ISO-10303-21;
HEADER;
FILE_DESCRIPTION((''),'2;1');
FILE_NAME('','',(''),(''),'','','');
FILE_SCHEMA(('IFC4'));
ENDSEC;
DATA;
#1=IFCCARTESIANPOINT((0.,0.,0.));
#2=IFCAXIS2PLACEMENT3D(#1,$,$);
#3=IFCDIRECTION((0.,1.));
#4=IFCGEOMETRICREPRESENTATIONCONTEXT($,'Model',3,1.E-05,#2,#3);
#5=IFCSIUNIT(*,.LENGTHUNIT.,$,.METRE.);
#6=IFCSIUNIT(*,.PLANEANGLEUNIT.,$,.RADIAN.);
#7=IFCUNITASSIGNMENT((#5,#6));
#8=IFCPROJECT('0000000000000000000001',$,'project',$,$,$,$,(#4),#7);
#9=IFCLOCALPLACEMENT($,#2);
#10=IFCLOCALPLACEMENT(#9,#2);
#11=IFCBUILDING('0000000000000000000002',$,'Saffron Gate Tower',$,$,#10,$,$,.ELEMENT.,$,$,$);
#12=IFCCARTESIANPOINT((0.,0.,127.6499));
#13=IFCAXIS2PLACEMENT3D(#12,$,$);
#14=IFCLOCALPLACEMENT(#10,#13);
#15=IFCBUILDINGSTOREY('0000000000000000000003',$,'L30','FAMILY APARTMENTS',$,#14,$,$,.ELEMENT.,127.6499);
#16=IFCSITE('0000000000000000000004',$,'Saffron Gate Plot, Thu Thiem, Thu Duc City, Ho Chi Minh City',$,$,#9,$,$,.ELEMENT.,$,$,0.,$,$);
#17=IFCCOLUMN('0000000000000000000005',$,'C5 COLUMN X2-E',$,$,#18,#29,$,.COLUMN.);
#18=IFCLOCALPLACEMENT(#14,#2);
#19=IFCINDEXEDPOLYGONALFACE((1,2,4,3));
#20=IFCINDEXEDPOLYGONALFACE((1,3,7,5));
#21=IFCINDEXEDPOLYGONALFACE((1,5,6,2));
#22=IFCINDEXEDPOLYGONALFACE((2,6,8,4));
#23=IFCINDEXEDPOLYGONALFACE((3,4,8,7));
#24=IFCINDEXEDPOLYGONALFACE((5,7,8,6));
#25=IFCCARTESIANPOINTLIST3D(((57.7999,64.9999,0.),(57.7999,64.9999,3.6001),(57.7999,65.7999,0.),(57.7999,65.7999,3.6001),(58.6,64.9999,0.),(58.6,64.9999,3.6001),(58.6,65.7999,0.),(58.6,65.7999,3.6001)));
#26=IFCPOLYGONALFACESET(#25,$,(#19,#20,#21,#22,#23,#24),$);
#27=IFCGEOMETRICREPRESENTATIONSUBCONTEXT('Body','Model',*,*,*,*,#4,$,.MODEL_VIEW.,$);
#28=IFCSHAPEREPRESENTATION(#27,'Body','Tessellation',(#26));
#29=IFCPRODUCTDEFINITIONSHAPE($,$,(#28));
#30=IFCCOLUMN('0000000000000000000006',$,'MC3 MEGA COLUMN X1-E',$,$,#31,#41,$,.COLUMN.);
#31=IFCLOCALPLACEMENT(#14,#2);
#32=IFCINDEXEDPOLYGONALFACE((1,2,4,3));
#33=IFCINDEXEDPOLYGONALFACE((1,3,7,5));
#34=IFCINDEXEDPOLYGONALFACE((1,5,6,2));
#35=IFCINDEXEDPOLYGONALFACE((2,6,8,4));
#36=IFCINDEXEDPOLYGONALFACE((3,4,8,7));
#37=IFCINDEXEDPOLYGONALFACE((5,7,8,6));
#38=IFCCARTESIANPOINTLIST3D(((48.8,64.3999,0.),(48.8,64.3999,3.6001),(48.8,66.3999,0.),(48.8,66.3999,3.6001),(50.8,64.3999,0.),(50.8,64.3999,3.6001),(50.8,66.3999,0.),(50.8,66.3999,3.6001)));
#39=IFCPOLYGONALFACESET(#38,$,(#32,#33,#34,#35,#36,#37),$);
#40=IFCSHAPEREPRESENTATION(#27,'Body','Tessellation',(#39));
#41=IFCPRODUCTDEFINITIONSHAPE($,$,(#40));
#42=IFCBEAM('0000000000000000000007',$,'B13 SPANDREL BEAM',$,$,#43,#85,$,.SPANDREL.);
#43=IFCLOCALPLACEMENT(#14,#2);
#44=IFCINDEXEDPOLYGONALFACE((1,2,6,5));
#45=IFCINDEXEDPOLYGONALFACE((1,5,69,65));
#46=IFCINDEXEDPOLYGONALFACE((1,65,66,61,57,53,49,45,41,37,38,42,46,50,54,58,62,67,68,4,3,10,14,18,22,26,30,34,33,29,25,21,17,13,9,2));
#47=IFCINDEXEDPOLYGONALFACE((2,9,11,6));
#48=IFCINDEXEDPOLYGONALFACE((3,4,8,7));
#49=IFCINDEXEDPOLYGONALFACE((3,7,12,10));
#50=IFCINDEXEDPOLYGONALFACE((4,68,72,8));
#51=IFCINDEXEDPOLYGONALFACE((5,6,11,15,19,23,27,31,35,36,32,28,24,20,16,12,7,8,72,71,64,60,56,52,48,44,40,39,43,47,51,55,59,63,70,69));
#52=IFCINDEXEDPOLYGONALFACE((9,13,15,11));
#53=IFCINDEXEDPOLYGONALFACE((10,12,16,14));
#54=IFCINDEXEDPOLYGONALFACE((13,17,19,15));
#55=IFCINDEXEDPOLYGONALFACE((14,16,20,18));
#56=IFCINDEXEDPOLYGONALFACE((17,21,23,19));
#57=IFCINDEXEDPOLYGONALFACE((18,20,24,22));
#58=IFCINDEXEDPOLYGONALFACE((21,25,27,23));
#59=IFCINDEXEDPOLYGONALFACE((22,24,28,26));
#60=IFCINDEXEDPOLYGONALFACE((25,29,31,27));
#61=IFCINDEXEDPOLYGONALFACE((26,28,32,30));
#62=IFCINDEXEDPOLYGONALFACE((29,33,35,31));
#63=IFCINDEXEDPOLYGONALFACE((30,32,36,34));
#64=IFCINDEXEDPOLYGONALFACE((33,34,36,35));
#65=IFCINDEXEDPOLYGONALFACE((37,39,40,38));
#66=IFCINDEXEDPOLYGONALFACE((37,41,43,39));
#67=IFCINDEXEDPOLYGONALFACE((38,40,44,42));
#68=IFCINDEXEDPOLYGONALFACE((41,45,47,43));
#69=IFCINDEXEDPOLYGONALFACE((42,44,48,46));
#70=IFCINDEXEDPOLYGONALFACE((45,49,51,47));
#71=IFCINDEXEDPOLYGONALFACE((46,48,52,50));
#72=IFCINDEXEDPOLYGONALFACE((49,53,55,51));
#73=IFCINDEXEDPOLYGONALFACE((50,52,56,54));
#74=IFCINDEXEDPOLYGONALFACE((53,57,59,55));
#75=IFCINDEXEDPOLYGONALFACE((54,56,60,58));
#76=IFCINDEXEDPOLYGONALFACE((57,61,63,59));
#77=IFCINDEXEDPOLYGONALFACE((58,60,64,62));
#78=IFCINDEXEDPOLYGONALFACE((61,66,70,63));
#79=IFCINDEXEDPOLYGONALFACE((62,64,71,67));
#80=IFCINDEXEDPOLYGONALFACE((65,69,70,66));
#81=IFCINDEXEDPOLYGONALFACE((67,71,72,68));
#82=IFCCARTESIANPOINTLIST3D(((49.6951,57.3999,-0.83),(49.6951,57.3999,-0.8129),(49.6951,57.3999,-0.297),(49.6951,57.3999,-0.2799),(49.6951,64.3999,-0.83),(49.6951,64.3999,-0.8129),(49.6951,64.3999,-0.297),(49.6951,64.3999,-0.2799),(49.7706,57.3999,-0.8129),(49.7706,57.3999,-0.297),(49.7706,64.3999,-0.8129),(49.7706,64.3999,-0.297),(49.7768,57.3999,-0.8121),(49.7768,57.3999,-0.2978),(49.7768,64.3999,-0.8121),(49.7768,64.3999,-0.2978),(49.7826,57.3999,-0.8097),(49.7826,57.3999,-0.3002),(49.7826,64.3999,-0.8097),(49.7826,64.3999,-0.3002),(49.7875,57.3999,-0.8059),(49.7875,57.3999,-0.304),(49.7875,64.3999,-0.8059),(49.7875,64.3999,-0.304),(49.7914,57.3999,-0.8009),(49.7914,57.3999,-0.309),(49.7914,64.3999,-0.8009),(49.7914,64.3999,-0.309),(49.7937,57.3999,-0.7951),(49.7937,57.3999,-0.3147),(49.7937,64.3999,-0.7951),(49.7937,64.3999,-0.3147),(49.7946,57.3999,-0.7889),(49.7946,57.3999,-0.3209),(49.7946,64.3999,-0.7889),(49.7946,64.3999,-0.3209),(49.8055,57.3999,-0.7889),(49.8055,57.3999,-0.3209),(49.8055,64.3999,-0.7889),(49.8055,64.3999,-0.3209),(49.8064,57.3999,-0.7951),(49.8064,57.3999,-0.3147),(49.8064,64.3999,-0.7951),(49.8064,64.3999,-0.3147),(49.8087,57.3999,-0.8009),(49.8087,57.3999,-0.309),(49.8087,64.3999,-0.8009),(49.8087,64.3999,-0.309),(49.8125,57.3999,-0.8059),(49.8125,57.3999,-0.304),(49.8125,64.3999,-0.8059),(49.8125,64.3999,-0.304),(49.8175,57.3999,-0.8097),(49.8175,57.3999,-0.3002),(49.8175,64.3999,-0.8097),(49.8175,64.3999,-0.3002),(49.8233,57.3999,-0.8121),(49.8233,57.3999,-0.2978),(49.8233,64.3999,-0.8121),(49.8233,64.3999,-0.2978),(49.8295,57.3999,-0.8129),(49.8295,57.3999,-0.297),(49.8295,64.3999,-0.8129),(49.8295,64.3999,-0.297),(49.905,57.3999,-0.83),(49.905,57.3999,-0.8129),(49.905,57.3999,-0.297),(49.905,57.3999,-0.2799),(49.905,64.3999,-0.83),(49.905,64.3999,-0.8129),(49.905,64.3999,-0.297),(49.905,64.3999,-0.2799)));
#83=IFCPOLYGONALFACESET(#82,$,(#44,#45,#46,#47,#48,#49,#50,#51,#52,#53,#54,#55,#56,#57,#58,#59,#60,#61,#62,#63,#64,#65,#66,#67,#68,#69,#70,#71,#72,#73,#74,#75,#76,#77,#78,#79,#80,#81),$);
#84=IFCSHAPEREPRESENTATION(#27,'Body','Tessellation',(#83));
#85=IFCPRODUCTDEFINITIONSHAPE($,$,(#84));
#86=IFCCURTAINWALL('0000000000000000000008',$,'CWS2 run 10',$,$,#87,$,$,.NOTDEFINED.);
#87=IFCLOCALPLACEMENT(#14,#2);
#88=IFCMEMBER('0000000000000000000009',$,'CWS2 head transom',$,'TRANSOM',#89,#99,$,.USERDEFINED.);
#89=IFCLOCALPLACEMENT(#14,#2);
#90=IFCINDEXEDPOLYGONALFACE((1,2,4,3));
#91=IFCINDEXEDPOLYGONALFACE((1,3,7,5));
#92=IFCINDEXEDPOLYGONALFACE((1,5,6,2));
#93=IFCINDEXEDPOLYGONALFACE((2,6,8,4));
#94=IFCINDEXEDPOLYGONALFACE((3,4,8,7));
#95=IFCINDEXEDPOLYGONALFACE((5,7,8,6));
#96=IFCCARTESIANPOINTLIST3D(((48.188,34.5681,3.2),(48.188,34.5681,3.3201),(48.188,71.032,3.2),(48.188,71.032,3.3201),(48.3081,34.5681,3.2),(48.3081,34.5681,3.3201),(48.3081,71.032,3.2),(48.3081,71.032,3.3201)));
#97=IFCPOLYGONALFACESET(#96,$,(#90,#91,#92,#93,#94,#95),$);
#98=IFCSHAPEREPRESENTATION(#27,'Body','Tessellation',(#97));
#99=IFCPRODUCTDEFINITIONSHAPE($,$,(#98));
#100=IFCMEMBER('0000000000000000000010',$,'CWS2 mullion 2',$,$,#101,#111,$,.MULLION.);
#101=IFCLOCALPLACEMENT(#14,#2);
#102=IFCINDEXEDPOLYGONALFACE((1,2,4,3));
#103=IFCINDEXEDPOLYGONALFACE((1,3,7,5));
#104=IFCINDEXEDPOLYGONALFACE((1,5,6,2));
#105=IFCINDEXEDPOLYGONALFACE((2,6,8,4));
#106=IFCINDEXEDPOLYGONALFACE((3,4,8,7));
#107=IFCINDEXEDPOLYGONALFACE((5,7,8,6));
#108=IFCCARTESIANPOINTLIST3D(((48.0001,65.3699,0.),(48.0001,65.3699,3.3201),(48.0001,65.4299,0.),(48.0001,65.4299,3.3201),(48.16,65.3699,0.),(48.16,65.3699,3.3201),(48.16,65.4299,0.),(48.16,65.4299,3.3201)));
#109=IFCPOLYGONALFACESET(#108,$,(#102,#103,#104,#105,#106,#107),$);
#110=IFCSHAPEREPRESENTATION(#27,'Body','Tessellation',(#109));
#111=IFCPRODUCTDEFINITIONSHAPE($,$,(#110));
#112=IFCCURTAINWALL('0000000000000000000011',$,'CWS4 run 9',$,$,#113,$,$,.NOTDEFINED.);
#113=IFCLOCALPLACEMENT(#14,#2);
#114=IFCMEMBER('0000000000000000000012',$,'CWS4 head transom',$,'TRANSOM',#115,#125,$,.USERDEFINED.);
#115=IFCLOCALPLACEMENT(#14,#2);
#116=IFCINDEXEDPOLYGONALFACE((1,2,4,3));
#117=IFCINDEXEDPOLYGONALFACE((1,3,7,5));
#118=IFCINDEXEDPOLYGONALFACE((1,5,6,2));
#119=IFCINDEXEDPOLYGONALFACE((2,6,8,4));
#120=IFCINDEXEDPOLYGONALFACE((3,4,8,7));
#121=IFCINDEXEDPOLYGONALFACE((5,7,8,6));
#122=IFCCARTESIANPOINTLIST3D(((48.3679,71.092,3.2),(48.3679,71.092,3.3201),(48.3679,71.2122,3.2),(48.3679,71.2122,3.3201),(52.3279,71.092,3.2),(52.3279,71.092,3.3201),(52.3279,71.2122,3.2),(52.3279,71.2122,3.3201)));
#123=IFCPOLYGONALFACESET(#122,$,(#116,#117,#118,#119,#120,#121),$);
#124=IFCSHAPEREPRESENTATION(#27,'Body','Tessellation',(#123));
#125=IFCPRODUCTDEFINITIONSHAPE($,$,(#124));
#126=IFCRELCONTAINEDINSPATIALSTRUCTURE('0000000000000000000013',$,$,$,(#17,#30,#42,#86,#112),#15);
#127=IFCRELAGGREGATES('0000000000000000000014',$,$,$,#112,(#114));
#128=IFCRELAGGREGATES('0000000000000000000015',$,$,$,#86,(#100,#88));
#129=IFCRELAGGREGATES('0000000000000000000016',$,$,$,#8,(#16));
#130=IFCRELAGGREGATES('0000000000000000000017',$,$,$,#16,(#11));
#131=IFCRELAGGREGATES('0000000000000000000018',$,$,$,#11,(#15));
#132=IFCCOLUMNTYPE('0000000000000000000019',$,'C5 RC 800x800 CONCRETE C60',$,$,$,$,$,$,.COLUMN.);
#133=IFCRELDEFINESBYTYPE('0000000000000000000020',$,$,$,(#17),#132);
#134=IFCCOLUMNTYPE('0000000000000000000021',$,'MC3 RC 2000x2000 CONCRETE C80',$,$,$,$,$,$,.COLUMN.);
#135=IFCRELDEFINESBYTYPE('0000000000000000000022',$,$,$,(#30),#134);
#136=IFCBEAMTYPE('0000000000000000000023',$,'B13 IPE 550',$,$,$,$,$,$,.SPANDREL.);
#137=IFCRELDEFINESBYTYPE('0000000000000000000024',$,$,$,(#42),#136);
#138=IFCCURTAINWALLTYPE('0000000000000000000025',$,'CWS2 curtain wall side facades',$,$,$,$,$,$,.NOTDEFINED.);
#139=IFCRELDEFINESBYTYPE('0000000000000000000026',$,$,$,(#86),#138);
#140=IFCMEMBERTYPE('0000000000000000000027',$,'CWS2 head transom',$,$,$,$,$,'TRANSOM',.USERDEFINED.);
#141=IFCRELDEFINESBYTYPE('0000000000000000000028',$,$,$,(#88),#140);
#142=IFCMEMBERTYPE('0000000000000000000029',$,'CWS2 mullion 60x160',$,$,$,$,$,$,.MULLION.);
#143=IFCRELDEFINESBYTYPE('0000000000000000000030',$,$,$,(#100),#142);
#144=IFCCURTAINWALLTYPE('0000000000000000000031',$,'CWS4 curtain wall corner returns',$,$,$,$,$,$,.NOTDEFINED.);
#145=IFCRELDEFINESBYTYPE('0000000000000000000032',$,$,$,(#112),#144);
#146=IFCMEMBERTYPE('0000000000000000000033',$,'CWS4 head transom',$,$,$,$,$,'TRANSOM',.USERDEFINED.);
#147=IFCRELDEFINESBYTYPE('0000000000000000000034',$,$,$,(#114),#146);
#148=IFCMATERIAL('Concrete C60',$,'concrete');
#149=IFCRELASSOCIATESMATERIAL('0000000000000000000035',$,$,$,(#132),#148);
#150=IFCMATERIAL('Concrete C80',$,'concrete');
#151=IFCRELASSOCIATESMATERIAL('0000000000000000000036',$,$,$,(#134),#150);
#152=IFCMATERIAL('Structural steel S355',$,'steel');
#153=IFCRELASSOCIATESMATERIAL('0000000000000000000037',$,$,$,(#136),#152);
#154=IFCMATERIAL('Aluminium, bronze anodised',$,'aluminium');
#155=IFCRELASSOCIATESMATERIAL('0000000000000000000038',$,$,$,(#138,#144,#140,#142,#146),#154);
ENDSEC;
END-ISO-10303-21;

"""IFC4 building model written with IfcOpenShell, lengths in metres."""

from ifc_helpers import new_model, si_unit, direction, frame, origin, origin_2d, place, context, subcontext, project, spatial, rectangle, i_section, extrude, material, material_profile, profile_set, type_object, element, aggregate, save


model = new_model("IFC4")

# Units and contexts
model_context = context("Model", 3, precision=1e-05, world=origin(), true_north=direction((0.0, 1.0)))
body_context = subcontext(model_context, "Body", "Model", "MODEL_VIEW")
ifc_project = project(units=[si_unit("LENGTHUNIT", "METRE"), si_unit("PLANEANGLEUNIT", "RADIAN")], contexts=[model_context])

# Site, building, storey
site_placement = place(None, origin())
site = spatial("IfcSite", under=ifc_project, at=site_placement, Name="Saffron Gate Plot, Thu Thiem, Thu Duc City, Ho Chi Minh City", CompositionType="ELEMENT", RefElevation=0.0)
building_placement = place(site_placement, origin())
building = spatial("IfcBuilding", under=site, at=building_placement, Name="Saffron Gate Tower", CompositionType="ELEMENT")
storey_placement = place(building_placement, frame((0.0, 0.0, 127.6499)))
storey = spatial("IfcBuildingStorey", under=building, at=storey_placement, Name="L30", Description="FAMILY APARTMENTS", CompositionType="ELEMENT", Elevation=127.6499)

# Columns
ifc_material_1 = material(Name="Concrete C60", Category="concrete")
ifc_material_profile_1 = material_profile(ifc_material_1, rectangle(XDim=0.8, YDim=0.8, at=origin_2d()))
ifc_profile_set_1 = profile_set([ifc_material_profile_1], Name="Concrete C60")
column_type_1 = type_object("IfcColumnType", Name="C5 RC 800x800 CONCRETE C60", PredefinedType="COLUMN", material=ifc_profile_set_1)
column_1_placement = place(storey_placement, frame((58.2, 65.3999, 0.0), z_axis=(0.0, 0.0, 1.0), x_axis=(1.0, 0.0, 0.0)))
element("IfcColumn", 1, at=column_1_placement, inside=storey, type_object=column_type_1, Name="C5 COLUMN X2-E", PredefinedType="COLUMN", context=body_context, shape_type="SweptSolid", body=[
    extrude(rectangle(XDim=0.8, YDim=0.8, at=origin_2d()), origin(), (0.0, 0.0, 1.0), 3.6001),
])
ifc_material_2 = material(Name="Concrete C80", Category="concrete")
ifc_material_profile_2 = material_profile(ifc_material_2, rectangle(XDim=2.0, YDim=2.0, at=origin_2d()))
ifc_profile_set_2 = profile_set([ifc_material_profile_2], Name="Concrete C80")
column_type_2 = type_object("IfcColumnType", Name="MC3 RC 2000x2000 CONCRETE C80", PredefinedType="COLUMN", material=ifc_profile_set_2)
column_2_placement = place(storey_placement, frame((49.8, 65.3999, 0.0), z_axis=(0.0, 0.0, 1.0), x_axis=(1.0, 0.0, 0.0)))
element("IfcColumn", 2, at=column_2_placement, inside=storey, type_object=column_type_2, Name="MC3 MEGA COLUMN X1-E", PredefinedType="COLUMN", context=body_context, shape_type="SweptSolid", body=[
    extrude(rectangle(XDim=2.0, YDim=2.0, at=origin_2d()), origin(), (0.0, 0.0, 1.0), 3.6001),
])

# Beam
ifc_material_3 = material(Name="Structural steel S355", Category="steel")
ifc_material_profile_3 = material_profile(ifc_material_3, i_section(OverallWidth=0.21, OverallDepth=0.55, WebThickness=0.011, FlangeThickness=0.0171, FilletRadius=0.0239, at=origin_2d()))
ifc_profile_set_3 = profile_set([ifc_material_profile_3], Name="Structural steel S355")
beam_type = type_object("IfcBeamType", Name="B13 IPE 550", PredefinedType="SPANDREL", material=ifc_profile_set_3)
beam_placement = place(storey_placement, frame((49.8, 57.3999, -0.5549), z_axis=(0.0, 1.0, 0.0), x_axis=(-1.0, 0.0, 0.0)))
element("IfcBeam", 3, at=beam_placement, inside=storey, type_object=beam_type, Name="B13 SPANDREL BEAM", PredefinedType="SPANDREL", context=body_context, shape_type="SweptSolid", body=[
    extrude(i_section(OverallWidth=0.21, OverallDepth=0.55, WebThickness=0.011, FlangeThickness=0.0171, FilletRadius=0.0239, at=origin_2d()), origin(), (0.0, 0.0, 1.0), 7.0),
])

# Curtain wall, members
ifc_material_4 = material(Name="Aluminium, bronze anodised", Category="aluminium")
curtain_wall_type_1 = type_object("IfcCurtainWallType", Name="CWS2 curtain wall side facades", PredefinedType="NOTDEFINED", material=ifc_material_4)
curtain_wall_1_placement = place(storey_placement, origin())
curtain_wall_1 = element("IfcCurtainWall", 4, at=curtain_wall_1_placement, inside=storey, type_object=curtain_wall_type_1, Name="CWS2 run 10", PredefinedType="NOTDEFINED")
ifc_material_profile_4 = material_profile(ifc_material_4, rectangle(XDim=0.1201, YDim=0.1201, at=origin_2d()))
ifc_profile_set_4 = profile_set([ifc_material_profile_4], Name="Aluminium, bronze anodised")
member_type_1 = type_object("IfcMemberType", Name="CWS2 head transom", ElementType="TRANSOM", PredefinedType="USERDEFINED", material=ifc_profile_set_4)
member_1_placement = place(storey_placement, frame((48.248, 71.032, 3.26), z_axis=(0.0, -1.0, 0.0), x_axis=(1.0, 0.0, 0.0)))
member_1 = element("IfcMember", 5, at=member_1_placement, type_object=member_type_1, Name="CWS2 head transom", ObjectType="TRANSOM", PredefinedType="USERDEFINED", context=body_context, shape_type="SweptSolid", body=[
    extrude(rectangle(XDim=0.1201, YDim=0.1201, at=origin_2d()), origin(), (0.0, 0.0, 1.0), 36.4639),
])
ifc_material_profile_5 = material_profile(ifc_material_4, rectangle(XDim=0.1599, YDim=0.0601, at=origin_2d()))
ifc_profile_set_5 = profile_set([ifc_material_profile_5], Name="Aluminium, bronze anodised")
member_type_2 = type_object("IfcMemberType", Name="CWS2 mullion 60x160", PredefinedType="MULLION", material=ifc_profile_set_5)
member_2_placement = place(storey_placement, frame((48.0801, 65.3999, 0.0), z_axis=(0.0, 0.0, 1.0), x_axis=(1.0, 0.0, 0.0)))
member_2 = element("IfcMember", 6, at=member_2_placement, type_object=member_type_2, Name="CWS2 mullion 2", PredefinedType="MULLION", context=body_context, shape_type="SweptSolid", body=[
    extrude(rectangle(XDim=0.1599, YDim=0.0601, at=origin_2d()), origin(), (0.0, 0.0, 1.0), 3.3201),
])

# Curtain wall, member
curtain_wall_type_2 = type_object("IfcCurtainWallType", Name="CWS4 curtain wall corner returns", PredefinedType="NOTDEFINED", material=ifc_material_4)
curtain_wall_2_placement = place(storey_placement, origin())
curtain_wall_2 = element("IfcCurtainWall", 7, at=curtain_wall_2_placement, inside=storey, type_object=curtain_wall_type_2, Name="CWS4 run 9", PredefinedType="NOTDEFINED")
ifc_material_profile_6 = material_profile(ifc_material_4, rectangle(XDim=0.1201, YDim=0.1201, at=origin_2d()))
ifc_profile_set_6 = profile_set([ifc_material_profile_6], Name="Aluminium, bronze anodised")
member_type_3 = type_object("IfcMemberType", Name="CWS4 head transom", ElementType="TRANSOM", PredefinedType="USERDEFINED", material=ifc_profile_set_6)
member_3_placement = place(storey_placement, frame((52.3279, 71.1521, 3.26), z_axis=(-1.0, 0.0, 0.0), x_axis=(0.0, -1.0, 0.0)))
member_3 = element("IfcMember", 8, at=member_3_placement, type_object=member_type_3, Name="CWS4 head transom", ObjectType="TRANSOM", PredefinedType="USERDEFINED", context=body_context, shape_type="SweptSolid", body=[
    extrude(rectangle(XDim=0.1201, YDim=0.1201, at=origin_2d()), origin(), (0.0, 0.0, 1.0), 3.96),
])
aggregate(curtain_wall_2, [member_3])

aggregate(curtain_wall_1, [member_2, member_1])

save(model, "model.ifc")
